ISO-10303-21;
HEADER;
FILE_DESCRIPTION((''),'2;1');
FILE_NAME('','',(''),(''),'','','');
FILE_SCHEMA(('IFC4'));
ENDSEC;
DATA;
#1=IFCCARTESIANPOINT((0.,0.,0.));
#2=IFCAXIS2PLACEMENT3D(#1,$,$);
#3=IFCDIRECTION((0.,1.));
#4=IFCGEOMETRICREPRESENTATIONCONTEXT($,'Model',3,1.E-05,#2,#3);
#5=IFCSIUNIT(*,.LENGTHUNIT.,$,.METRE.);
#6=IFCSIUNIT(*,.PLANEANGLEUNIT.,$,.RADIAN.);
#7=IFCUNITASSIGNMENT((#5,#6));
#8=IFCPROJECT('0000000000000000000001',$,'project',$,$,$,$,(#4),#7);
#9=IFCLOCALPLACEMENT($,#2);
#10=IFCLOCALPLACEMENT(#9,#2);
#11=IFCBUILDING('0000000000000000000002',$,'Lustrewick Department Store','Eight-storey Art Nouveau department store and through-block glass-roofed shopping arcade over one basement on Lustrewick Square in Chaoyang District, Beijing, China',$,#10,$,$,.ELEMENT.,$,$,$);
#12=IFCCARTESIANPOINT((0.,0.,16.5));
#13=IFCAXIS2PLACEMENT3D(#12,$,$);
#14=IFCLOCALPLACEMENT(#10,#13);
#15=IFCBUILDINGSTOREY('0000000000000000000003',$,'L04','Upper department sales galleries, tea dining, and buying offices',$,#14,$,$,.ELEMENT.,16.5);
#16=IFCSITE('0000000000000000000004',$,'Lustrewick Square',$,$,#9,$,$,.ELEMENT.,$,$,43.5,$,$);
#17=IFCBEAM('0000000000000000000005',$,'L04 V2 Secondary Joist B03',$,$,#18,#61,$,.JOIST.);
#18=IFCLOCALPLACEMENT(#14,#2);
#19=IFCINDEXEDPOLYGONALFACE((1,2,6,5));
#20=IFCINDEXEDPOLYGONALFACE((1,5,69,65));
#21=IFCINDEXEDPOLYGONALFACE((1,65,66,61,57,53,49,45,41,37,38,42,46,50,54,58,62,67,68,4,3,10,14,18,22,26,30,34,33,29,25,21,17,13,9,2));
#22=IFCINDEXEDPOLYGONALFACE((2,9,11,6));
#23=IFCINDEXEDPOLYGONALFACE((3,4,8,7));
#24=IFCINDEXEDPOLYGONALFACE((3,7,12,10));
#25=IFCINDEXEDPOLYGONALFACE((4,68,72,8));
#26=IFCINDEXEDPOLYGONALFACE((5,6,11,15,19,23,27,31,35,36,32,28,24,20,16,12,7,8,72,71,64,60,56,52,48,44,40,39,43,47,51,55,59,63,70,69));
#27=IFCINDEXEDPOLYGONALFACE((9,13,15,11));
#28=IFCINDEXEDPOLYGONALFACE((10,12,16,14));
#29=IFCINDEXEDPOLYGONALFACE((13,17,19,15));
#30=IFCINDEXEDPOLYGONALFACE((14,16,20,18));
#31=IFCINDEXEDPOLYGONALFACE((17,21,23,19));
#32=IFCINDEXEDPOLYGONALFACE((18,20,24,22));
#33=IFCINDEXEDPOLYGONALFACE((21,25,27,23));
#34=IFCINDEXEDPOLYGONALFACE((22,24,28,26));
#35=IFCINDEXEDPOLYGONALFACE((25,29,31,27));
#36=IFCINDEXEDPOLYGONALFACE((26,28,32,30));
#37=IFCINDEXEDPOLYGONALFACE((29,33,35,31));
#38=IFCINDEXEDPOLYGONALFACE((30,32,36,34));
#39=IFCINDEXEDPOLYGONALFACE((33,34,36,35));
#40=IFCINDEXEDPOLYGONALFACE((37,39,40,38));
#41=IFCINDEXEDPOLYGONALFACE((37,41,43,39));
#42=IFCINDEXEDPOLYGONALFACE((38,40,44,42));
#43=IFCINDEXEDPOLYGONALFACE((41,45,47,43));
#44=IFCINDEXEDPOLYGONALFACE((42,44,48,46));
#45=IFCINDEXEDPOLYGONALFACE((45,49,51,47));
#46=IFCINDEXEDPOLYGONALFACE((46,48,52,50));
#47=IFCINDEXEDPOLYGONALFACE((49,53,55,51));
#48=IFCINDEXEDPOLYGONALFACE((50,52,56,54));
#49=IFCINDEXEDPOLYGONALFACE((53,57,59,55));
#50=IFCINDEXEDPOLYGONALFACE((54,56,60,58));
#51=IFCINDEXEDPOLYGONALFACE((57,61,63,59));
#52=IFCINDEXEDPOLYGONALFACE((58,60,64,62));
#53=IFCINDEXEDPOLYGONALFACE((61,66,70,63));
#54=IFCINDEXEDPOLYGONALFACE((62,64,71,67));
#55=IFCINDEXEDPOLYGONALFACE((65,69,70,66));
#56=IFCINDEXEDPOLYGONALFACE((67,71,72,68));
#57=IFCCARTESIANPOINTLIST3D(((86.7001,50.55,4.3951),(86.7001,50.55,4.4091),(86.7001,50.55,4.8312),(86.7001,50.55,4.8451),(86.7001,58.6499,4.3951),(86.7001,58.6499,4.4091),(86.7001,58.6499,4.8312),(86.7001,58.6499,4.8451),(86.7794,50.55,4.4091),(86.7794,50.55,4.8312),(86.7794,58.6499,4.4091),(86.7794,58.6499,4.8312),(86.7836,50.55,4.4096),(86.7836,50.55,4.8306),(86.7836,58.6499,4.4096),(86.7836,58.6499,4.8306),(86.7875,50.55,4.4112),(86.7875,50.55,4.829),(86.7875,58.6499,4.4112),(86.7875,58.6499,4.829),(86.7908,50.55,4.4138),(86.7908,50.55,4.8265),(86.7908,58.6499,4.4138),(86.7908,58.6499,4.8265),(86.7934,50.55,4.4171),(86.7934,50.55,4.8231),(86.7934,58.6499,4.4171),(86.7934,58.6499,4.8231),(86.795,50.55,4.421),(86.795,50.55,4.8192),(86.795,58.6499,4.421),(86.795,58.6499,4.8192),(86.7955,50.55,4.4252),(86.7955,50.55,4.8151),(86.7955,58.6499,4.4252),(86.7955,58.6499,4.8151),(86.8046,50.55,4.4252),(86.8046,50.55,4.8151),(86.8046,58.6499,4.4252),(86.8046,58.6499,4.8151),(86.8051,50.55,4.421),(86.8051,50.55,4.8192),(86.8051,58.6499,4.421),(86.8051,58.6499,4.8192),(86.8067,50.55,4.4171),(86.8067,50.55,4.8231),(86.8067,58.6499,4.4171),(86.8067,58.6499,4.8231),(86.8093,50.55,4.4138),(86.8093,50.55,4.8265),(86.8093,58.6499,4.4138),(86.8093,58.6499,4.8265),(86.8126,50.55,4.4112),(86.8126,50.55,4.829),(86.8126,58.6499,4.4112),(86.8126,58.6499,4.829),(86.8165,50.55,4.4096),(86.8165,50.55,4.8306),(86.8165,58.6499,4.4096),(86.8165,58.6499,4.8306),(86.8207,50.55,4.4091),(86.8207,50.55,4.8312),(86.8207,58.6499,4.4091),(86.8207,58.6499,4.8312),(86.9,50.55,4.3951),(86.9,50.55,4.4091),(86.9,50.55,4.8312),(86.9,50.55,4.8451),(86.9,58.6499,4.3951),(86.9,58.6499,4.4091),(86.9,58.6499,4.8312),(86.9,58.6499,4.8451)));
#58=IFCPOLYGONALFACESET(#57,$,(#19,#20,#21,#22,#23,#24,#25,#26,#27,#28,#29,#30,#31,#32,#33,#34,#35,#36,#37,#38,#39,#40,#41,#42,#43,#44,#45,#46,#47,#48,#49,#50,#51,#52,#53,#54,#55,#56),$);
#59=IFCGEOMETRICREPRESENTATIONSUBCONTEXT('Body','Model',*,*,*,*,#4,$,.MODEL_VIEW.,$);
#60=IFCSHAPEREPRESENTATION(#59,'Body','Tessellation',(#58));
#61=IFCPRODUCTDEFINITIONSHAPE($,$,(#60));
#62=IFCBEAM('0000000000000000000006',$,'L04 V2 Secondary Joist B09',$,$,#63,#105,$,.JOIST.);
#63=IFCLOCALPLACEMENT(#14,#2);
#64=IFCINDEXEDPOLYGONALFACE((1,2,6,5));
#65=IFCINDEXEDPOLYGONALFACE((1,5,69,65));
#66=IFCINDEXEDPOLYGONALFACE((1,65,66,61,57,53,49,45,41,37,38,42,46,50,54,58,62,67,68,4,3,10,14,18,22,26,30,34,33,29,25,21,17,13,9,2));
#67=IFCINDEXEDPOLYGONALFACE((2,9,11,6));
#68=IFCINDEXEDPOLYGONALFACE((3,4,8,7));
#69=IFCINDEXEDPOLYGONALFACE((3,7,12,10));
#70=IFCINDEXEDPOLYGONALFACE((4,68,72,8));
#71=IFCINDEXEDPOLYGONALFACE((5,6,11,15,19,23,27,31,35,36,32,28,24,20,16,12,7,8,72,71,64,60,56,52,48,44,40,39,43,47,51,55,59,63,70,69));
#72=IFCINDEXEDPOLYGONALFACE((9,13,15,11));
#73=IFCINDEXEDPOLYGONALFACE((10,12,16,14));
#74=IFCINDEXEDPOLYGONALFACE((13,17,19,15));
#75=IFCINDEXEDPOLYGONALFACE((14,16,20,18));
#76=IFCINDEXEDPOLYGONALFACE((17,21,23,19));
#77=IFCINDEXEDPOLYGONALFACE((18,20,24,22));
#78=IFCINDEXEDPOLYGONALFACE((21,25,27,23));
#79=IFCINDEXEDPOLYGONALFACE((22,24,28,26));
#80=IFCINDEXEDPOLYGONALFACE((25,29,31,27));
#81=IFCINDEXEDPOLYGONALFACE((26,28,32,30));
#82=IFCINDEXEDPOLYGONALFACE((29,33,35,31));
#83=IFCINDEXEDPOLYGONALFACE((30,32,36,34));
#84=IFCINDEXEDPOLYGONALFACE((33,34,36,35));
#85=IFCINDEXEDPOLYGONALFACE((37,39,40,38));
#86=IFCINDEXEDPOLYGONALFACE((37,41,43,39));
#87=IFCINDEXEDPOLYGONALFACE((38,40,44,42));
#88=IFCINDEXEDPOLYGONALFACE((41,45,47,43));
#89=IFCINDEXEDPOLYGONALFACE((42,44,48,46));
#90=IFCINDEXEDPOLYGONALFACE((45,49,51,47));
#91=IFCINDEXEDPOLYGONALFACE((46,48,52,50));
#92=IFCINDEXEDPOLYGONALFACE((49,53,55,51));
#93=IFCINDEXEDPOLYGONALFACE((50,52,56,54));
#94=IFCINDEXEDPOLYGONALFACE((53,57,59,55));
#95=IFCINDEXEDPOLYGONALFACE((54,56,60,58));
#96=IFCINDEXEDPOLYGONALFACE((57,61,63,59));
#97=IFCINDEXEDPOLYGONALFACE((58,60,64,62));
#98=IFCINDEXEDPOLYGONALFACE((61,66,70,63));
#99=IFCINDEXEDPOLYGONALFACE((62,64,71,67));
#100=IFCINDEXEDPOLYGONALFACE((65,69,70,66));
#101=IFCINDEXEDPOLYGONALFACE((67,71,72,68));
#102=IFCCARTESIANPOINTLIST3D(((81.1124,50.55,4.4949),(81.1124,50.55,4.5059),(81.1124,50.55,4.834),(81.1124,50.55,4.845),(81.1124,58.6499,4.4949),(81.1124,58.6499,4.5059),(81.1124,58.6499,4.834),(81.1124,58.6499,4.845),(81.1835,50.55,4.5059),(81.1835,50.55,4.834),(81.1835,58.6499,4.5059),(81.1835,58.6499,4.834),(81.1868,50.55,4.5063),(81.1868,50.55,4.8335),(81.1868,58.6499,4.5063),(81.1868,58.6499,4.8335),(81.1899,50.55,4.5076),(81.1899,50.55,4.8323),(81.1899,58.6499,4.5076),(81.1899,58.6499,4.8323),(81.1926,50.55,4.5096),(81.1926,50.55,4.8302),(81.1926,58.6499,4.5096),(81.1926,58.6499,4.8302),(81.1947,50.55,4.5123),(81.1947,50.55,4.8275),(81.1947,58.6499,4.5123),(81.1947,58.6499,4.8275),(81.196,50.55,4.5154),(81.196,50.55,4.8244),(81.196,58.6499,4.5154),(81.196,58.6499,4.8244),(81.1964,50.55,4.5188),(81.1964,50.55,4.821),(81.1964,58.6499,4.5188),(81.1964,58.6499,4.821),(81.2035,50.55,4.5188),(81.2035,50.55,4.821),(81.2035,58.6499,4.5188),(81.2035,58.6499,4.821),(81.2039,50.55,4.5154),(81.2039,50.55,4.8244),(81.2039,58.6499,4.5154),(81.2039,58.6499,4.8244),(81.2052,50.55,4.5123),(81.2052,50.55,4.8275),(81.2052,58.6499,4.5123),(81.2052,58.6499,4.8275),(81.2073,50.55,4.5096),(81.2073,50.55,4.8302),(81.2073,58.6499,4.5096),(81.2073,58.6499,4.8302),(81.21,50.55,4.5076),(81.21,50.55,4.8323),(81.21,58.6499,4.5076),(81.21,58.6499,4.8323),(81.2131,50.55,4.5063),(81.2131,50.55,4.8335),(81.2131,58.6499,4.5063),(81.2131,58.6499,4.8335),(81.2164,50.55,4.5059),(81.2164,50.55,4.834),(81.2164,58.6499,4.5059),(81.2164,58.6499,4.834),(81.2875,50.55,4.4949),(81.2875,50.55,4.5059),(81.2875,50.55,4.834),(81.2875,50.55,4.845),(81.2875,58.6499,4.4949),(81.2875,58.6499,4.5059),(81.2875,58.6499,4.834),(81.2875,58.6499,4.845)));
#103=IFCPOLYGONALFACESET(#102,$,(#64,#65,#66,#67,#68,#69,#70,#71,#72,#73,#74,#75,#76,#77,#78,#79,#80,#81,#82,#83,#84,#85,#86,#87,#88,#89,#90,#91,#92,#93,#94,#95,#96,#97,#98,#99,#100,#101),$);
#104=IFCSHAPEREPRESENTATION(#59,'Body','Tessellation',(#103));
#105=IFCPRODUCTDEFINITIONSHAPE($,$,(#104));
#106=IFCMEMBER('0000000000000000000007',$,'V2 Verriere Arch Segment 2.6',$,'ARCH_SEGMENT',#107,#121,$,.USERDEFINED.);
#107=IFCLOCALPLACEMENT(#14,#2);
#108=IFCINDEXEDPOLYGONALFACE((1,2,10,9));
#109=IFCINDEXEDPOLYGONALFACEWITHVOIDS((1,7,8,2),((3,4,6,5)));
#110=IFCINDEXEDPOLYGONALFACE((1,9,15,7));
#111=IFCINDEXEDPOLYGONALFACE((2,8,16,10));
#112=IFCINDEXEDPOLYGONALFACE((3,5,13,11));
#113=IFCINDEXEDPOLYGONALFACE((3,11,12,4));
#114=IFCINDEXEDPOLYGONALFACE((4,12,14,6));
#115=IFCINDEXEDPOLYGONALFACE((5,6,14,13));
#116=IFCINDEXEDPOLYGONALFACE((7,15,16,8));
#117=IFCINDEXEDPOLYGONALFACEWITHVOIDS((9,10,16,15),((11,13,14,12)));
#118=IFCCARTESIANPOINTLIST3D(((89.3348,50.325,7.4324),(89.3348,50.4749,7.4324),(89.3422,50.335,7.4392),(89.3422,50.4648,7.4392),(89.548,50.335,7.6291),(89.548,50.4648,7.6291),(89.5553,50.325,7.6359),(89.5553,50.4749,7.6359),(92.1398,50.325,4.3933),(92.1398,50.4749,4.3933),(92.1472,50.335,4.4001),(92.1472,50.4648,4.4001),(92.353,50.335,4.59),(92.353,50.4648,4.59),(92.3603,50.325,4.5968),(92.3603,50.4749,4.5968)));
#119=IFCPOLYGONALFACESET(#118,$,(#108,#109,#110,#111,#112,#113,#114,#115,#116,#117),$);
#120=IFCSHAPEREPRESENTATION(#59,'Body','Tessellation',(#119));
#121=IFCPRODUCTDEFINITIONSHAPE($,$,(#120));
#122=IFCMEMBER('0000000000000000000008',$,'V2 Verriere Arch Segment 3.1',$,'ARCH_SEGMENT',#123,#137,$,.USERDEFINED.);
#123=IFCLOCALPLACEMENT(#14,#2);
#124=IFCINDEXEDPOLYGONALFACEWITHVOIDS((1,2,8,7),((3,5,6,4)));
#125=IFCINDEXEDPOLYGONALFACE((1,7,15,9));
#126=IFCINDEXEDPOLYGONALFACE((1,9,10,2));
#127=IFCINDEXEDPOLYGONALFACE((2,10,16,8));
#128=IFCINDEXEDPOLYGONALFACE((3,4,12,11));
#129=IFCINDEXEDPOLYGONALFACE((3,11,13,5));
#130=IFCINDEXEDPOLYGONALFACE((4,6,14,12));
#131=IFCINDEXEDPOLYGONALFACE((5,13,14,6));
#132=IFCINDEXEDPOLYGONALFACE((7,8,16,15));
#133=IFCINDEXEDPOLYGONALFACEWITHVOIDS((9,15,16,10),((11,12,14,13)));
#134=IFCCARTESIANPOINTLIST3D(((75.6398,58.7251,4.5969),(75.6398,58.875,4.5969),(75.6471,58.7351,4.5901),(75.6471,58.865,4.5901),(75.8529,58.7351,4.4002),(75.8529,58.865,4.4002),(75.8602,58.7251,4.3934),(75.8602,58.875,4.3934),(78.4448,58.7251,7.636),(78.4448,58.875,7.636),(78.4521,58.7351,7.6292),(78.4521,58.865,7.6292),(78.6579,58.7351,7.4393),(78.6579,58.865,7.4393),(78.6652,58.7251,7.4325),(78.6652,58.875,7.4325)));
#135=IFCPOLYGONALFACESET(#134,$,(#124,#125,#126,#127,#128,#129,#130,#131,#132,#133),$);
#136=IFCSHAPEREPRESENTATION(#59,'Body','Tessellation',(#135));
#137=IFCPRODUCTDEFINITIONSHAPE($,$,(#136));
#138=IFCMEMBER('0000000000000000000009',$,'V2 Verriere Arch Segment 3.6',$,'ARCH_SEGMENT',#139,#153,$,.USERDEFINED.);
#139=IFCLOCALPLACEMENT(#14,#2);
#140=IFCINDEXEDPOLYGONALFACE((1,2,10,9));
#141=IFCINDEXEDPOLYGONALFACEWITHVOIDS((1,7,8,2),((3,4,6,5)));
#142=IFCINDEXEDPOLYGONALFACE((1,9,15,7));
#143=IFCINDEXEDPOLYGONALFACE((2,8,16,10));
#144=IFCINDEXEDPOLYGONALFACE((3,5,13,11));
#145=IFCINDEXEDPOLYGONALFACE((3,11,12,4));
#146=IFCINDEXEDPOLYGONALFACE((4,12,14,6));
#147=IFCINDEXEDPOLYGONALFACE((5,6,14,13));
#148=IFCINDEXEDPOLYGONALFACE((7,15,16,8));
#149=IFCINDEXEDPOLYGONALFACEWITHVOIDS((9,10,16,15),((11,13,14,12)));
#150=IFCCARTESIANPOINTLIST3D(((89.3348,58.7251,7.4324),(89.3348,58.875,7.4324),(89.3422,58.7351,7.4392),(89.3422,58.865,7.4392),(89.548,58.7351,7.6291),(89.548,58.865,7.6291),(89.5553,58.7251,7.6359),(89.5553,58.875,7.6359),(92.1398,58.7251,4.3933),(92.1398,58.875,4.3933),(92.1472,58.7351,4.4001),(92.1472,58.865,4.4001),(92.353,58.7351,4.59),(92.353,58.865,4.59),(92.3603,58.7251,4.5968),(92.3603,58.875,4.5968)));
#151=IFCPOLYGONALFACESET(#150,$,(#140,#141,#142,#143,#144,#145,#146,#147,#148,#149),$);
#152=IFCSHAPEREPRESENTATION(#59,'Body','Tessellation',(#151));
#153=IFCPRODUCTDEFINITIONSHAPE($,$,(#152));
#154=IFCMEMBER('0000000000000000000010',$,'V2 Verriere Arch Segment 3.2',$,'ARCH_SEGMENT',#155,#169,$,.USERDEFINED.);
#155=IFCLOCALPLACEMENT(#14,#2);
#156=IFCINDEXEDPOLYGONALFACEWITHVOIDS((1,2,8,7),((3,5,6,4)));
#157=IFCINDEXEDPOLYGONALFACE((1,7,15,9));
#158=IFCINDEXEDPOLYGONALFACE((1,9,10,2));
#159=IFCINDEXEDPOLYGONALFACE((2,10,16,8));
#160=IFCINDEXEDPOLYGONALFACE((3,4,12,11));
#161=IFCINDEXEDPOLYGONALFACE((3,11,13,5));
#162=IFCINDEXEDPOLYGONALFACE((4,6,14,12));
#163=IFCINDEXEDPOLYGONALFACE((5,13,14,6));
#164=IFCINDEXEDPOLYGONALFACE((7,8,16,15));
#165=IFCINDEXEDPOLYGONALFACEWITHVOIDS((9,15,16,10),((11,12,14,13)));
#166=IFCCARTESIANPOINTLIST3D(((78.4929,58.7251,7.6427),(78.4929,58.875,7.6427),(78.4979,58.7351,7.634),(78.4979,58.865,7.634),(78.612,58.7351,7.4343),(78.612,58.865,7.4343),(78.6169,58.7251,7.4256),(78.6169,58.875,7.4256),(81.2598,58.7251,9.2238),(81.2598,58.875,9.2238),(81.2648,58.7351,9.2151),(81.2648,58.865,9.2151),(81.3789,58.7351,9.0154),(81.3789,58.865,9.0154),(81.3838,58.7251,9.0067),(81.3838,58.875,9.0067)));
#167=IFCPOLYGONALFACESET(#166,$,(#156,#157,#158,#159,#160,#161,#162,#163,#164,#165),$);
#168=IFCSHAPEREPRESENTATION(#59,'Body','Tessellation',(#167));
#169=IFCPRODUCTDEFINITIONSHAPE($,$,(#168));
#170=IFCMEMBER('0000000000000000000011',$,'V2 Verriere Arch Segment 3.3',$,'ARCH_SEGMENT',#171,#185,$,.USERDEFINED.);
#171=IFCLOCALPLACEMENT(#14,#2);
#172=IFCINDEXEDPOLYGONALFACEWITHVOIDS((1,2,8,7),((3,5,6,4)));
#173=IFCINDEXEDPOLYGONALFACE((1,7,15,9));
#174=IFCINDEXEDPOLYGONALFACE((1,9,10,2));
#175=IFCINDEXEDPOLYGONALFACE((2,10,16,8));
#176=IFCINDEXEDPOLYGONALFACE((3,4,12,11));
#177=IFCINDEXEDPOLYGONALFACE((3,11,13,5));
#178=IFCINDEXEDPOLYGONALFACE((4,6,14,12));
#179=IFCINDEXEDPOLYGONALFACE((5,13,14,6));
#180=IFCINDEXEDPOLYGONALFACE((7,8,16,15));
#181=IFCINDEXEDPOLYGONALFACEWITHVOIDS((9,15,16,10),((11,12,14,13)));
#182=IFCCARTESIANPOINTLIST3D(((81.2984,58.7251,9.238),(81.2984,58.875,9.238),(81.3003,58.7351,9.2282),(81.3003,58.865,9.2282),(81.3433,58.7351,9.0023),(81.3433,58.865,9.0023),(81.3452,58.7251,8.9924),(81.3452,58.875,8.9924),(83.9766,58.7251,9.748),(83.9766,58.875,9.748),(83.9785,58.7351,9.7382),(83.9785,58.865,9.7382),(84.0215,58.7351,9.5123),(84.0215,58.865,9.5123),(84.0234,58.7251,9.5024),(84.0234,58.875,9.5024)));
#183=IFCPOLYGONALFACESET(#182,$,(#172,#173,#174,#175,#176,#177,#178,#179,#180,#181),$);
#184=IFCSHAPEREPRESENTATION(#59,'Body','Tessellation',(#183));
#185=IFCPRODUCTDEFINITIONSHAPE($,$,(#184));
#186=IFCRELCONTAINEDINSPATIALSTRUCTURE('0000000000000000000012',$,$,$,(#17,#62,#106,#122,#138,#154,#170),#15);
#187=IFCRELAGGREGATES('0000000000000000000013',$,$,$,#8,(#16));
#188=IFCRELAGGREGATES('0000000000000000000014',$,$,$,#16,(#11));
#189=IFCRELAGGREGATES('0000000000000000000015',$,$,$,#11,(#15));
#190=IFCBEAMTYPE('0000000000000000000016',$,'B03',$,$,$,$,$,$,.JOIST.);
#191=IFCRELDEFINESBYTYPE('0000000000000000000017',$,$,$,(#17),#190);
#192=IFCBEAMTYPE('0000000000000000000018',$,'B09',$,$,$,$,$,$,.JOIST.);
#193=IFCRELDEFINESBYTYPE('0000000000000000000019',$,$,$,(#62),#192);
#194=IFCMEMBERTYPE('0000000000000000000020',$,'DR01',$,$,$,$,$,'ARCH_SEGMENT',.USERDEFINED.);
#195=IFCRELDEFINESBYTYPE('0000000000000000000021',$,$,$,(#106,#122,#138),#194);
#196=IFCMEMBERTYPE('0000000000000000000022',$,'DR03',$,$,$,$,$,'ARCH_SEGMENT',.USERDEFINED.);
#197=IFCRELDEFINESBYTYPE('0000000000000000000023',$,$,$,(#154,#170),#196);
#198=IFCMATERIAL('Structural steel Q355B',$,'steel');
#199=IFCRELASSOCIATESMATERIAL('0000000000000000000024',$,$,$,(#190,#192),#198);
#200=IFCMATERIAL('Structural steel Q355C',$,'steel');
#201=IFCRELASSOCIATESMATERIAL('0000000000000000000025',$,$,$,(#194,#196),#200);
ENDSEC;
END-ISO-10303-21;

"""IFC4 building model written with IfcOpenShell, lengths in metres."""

from ifc_helpers import new_model, si_unit, direction, frame, origin, origin_2d, place, context, subcontext, project, spatial, hollow_rectangle, i_section, extrude, material, material_profile, profile_set, type_object, element, save


model = new_model("IFC4")

# Units and contexts
model_context = context("Model", 3, precision=1e-05, world=origin(), true_north=direction((0.0, 1.0)))
body_context = subcontext(model_context, "Body", "Model", "MODEL_VIEW")
ifc_project = project(units=[si_unit("LENGTHUNIT", "METRE"), si_unit("PLANEANGLEUNIT", "RADIAN")], contexts=[model_context])

# Site, building, storey
site_placement = place(None, origin())
site = spatial("IfcSite", under=ifc_project, at=site_placement, Name="Lustrewick Square", CompositionType="ELEMENT", RefElevation=43.5)
building_placement = place(site_placement, origin())
building = spatial("IfcBuilding", under=site, at=building_placement, Name="Lustrewick Department Store", Description="Eight-storey Art Nouveau department store and through-block glass-roofed shopping arcade over one basement on Lustrewick Square in Chaoyang District, Beijing, China", CompositionType="ELEMENT")
storey_placement = place(building_placement, frame((0.0, 0.0, 16.5)))
storey = spatial("IfcBuildingStorey", under=building, at=storey_placement, Name="L04", Description="Upper department sales galleries, tea dining, and buying offices", CompositionType="ELEMENT", Elevation=16.5)

# Beams
ifc_material_1 = material(Name="Structural steel Q355B", Category="steel")
ifc_material_profile_1 = material_profile(ifc_material_1, i_section(OverallWidth=0.2, OverallDepth=0.45, WebThickness=0.009, FlangeThickness=0.0139, FilletRadius=0.0161, at=origin_2d()), Name="HN 450x200x9x14")
ifc_profile_set_1 = profile_set([ifc_material_profile_1], Name="Structural steel Q355B")
beam_type_1 = type_object("IfcBeamType", Name="B03", PredefinedType="JOIST", material=ifc_profile_set_1)
beam_1_placement = place(storey_placement, frame((86.8, 50.55, 4.6201), z_axis=(0.0, 1.0, 0.0), x_axis=(-1.0, 0.0, 0.0)))
element("IfcBeam", 1, at=beam_1_placement, inside=storey, type_object=beam_type_1, Name="L04 V2 Secondary Joist B03", PredefinedType="JOIST", context=body_context, shape_type="SweptSolid", body=[
    extrude(i_section(OverallWidth=0.2, OverallDepth=0.45, WebThickness=0.009, FlangeThickness=0.0139, FilletRadius=0.0161, at=origin_2d()), origin(), (0.0, 0.0, 1.0), 8.0999),
])
ifc_material_profile_2 = material_profile(ifc_material_1, i_section(OverallWidth=0.175, OverallDepth=0.3501, WebThickness=0.0071, FlangeThickness=0.011, FilletRadius=0.0129, at=origin_2d()), Name="HN 350x175x7x11")
ifc_profile_set_2 = profile_set([ifc_material_profile_2], Name="Structural steel Q355B")
beam_type_2 = type_object("IfcBeamType", Name="B09", PredefinedType="JOIST", material=ifc_profile_set_2)
beam_2_placement = place(storey_placement, frame((81.2, 50.55, 4.6699), z_axis=(0.0, 1.0, 0.0), x_axis=(-1.0, 0.0, 0.0)))
element("IfcBeam", 2, at=beam_2_placement, inside=storey, type_object=beam_type_2, Name="L04 V2 Secondary Joist B09", PredefinedType="JOIST", context=body_context, shape_type="SweptSolid", body=[
    extrude(i_section(OverallWidth=0.175, OverallDepth=0.3501, WebThickness=0.0071, FlangeThickness=0.011, FilletRadius=0.0129, at=origin_2d()), origin(), (0.0, 0.0, 1.0), 8.0999),
])

# Members
ifc_material_2 = material(Name="Structural steel Q355C", Category="steel")
ifc_material_profile_3 = material_profile(ifc_material_2, hollow_rectangle(XDim=0.1499, YDim=0.3, WallThickness=0.01, at=origin_2d()), Name="RHS 300x150x10")
ifc_profile_set_3 = profile_set([ifc_material_profile_3], Name="Structural steel Q355C")
member_type_1 = type_object("IfcMemberType", Name="DR01", ElementType="ARCH_SEGMENT", PredefinedType="USERDEFINED", material=ifc_profile_set_3)
for number, where, z_axis, x_axis, name in (
    (3, (89.4451, 50.3999, 7.5342), (0.678234, 0.0, -0.734846), (0.0, 1.0, 0.0), "V2 Verriere Arch Segment 2.6"),
    (4, (75.75, 58.8, 4.4951), (0.678234, 0.0, 0.734846), (0.0, 1.0, 0.0), "V2 Verriere Arch Segment 3.1"),
    (5, (89.4451, 58.8, 7.5342), (0.678234, 0.0, -0.734846), (0.0, 1.0, 0.0), "V2 Verriere Arch Segment 3.6"),
):
    element("IfcMember", number, at=place(storey_placement, frame(where, z_axis=z_axis, x_axis=x_axis)), inside=storey, type_object=member_type_1, Name=name, ObjectType="ARCH_SEGMENT", PredefinedType="USERDEFINED", context=body_context, shape_type="SweptSolid", body=[
        extrude(hollow_rectangle(XDim=0.1499, YDim=0.3, WallThickness=0.01, at=origin_2d()), origin(), (0.0, 0.0, 1.0), 4.1357),
    ])
ifc_material_profile_4 = material_profile(ifc_material_2, hollow_rectangle(XDim=0.1499, YDim=0.25, WallThickness=0.01, at=origin_2d()), Name="RHS 250x150x10")
ifc_profile_set_4 = profile_set([ifc_material_profile_4], Name="Structural steel Q355C")
member_type_2 = type_object("IfcMemberType", Name="DR03", ElementType="ARCH_SEGMENT", PredefinedType="USERDEFINED", material=ifc_profile_set_4)
member_1_placement = place(storey_placement, frame((78.5549, 58.8, 7.5342), z_axis=(0.868243, 0.0, 0.496139), x_axis=(0.0, 1.0, 0.0)))
element("IfcMember", 6, at=member_1_placement, inside=storey, type_object=member_type_2, Name="V2 Verriere Arch Segment 3.2", ObjectType="ARCH_SEGMENT", PredefinedType="USERDEFINED", context=body_context, shape_type="SweptSolid", body=[
    extrude(hollow_rectangle(XDim=0.1499, YDim=0.25, WallThickness=0.01, at=origin_2d()), origin(), (0.0, 0.0, 1.0), 3.1868),
])
for number, where, z_axis, x_axis, name in (
    (7, (81.3218, 58.8, 9.1152), (0.982347, 0.0, 0.187067), (0.0, 1.0, 0.0), "V2 Verriere Arch Segment 3.3"),
):
    element("IfcMember", number, at=place(storey_placement, frame(where, z_axis=z_axis, x_axis=x_axis)), inside=storey, type_object=member_type_2, Name=name, ObjectType="ARCH_SEGMENT", PredefinedType="USERDEFINED", context=body_context, shape_type="SweptSolid", body=[
        extrude(hollow_rectangle(XDim=0.1499, YDim=0.25, WallThickness=0.01, at=origin_2d()), origin(), (0.0, 0.0, 1.0), 2.7263),
    ])

save(model, "model.ifc")
